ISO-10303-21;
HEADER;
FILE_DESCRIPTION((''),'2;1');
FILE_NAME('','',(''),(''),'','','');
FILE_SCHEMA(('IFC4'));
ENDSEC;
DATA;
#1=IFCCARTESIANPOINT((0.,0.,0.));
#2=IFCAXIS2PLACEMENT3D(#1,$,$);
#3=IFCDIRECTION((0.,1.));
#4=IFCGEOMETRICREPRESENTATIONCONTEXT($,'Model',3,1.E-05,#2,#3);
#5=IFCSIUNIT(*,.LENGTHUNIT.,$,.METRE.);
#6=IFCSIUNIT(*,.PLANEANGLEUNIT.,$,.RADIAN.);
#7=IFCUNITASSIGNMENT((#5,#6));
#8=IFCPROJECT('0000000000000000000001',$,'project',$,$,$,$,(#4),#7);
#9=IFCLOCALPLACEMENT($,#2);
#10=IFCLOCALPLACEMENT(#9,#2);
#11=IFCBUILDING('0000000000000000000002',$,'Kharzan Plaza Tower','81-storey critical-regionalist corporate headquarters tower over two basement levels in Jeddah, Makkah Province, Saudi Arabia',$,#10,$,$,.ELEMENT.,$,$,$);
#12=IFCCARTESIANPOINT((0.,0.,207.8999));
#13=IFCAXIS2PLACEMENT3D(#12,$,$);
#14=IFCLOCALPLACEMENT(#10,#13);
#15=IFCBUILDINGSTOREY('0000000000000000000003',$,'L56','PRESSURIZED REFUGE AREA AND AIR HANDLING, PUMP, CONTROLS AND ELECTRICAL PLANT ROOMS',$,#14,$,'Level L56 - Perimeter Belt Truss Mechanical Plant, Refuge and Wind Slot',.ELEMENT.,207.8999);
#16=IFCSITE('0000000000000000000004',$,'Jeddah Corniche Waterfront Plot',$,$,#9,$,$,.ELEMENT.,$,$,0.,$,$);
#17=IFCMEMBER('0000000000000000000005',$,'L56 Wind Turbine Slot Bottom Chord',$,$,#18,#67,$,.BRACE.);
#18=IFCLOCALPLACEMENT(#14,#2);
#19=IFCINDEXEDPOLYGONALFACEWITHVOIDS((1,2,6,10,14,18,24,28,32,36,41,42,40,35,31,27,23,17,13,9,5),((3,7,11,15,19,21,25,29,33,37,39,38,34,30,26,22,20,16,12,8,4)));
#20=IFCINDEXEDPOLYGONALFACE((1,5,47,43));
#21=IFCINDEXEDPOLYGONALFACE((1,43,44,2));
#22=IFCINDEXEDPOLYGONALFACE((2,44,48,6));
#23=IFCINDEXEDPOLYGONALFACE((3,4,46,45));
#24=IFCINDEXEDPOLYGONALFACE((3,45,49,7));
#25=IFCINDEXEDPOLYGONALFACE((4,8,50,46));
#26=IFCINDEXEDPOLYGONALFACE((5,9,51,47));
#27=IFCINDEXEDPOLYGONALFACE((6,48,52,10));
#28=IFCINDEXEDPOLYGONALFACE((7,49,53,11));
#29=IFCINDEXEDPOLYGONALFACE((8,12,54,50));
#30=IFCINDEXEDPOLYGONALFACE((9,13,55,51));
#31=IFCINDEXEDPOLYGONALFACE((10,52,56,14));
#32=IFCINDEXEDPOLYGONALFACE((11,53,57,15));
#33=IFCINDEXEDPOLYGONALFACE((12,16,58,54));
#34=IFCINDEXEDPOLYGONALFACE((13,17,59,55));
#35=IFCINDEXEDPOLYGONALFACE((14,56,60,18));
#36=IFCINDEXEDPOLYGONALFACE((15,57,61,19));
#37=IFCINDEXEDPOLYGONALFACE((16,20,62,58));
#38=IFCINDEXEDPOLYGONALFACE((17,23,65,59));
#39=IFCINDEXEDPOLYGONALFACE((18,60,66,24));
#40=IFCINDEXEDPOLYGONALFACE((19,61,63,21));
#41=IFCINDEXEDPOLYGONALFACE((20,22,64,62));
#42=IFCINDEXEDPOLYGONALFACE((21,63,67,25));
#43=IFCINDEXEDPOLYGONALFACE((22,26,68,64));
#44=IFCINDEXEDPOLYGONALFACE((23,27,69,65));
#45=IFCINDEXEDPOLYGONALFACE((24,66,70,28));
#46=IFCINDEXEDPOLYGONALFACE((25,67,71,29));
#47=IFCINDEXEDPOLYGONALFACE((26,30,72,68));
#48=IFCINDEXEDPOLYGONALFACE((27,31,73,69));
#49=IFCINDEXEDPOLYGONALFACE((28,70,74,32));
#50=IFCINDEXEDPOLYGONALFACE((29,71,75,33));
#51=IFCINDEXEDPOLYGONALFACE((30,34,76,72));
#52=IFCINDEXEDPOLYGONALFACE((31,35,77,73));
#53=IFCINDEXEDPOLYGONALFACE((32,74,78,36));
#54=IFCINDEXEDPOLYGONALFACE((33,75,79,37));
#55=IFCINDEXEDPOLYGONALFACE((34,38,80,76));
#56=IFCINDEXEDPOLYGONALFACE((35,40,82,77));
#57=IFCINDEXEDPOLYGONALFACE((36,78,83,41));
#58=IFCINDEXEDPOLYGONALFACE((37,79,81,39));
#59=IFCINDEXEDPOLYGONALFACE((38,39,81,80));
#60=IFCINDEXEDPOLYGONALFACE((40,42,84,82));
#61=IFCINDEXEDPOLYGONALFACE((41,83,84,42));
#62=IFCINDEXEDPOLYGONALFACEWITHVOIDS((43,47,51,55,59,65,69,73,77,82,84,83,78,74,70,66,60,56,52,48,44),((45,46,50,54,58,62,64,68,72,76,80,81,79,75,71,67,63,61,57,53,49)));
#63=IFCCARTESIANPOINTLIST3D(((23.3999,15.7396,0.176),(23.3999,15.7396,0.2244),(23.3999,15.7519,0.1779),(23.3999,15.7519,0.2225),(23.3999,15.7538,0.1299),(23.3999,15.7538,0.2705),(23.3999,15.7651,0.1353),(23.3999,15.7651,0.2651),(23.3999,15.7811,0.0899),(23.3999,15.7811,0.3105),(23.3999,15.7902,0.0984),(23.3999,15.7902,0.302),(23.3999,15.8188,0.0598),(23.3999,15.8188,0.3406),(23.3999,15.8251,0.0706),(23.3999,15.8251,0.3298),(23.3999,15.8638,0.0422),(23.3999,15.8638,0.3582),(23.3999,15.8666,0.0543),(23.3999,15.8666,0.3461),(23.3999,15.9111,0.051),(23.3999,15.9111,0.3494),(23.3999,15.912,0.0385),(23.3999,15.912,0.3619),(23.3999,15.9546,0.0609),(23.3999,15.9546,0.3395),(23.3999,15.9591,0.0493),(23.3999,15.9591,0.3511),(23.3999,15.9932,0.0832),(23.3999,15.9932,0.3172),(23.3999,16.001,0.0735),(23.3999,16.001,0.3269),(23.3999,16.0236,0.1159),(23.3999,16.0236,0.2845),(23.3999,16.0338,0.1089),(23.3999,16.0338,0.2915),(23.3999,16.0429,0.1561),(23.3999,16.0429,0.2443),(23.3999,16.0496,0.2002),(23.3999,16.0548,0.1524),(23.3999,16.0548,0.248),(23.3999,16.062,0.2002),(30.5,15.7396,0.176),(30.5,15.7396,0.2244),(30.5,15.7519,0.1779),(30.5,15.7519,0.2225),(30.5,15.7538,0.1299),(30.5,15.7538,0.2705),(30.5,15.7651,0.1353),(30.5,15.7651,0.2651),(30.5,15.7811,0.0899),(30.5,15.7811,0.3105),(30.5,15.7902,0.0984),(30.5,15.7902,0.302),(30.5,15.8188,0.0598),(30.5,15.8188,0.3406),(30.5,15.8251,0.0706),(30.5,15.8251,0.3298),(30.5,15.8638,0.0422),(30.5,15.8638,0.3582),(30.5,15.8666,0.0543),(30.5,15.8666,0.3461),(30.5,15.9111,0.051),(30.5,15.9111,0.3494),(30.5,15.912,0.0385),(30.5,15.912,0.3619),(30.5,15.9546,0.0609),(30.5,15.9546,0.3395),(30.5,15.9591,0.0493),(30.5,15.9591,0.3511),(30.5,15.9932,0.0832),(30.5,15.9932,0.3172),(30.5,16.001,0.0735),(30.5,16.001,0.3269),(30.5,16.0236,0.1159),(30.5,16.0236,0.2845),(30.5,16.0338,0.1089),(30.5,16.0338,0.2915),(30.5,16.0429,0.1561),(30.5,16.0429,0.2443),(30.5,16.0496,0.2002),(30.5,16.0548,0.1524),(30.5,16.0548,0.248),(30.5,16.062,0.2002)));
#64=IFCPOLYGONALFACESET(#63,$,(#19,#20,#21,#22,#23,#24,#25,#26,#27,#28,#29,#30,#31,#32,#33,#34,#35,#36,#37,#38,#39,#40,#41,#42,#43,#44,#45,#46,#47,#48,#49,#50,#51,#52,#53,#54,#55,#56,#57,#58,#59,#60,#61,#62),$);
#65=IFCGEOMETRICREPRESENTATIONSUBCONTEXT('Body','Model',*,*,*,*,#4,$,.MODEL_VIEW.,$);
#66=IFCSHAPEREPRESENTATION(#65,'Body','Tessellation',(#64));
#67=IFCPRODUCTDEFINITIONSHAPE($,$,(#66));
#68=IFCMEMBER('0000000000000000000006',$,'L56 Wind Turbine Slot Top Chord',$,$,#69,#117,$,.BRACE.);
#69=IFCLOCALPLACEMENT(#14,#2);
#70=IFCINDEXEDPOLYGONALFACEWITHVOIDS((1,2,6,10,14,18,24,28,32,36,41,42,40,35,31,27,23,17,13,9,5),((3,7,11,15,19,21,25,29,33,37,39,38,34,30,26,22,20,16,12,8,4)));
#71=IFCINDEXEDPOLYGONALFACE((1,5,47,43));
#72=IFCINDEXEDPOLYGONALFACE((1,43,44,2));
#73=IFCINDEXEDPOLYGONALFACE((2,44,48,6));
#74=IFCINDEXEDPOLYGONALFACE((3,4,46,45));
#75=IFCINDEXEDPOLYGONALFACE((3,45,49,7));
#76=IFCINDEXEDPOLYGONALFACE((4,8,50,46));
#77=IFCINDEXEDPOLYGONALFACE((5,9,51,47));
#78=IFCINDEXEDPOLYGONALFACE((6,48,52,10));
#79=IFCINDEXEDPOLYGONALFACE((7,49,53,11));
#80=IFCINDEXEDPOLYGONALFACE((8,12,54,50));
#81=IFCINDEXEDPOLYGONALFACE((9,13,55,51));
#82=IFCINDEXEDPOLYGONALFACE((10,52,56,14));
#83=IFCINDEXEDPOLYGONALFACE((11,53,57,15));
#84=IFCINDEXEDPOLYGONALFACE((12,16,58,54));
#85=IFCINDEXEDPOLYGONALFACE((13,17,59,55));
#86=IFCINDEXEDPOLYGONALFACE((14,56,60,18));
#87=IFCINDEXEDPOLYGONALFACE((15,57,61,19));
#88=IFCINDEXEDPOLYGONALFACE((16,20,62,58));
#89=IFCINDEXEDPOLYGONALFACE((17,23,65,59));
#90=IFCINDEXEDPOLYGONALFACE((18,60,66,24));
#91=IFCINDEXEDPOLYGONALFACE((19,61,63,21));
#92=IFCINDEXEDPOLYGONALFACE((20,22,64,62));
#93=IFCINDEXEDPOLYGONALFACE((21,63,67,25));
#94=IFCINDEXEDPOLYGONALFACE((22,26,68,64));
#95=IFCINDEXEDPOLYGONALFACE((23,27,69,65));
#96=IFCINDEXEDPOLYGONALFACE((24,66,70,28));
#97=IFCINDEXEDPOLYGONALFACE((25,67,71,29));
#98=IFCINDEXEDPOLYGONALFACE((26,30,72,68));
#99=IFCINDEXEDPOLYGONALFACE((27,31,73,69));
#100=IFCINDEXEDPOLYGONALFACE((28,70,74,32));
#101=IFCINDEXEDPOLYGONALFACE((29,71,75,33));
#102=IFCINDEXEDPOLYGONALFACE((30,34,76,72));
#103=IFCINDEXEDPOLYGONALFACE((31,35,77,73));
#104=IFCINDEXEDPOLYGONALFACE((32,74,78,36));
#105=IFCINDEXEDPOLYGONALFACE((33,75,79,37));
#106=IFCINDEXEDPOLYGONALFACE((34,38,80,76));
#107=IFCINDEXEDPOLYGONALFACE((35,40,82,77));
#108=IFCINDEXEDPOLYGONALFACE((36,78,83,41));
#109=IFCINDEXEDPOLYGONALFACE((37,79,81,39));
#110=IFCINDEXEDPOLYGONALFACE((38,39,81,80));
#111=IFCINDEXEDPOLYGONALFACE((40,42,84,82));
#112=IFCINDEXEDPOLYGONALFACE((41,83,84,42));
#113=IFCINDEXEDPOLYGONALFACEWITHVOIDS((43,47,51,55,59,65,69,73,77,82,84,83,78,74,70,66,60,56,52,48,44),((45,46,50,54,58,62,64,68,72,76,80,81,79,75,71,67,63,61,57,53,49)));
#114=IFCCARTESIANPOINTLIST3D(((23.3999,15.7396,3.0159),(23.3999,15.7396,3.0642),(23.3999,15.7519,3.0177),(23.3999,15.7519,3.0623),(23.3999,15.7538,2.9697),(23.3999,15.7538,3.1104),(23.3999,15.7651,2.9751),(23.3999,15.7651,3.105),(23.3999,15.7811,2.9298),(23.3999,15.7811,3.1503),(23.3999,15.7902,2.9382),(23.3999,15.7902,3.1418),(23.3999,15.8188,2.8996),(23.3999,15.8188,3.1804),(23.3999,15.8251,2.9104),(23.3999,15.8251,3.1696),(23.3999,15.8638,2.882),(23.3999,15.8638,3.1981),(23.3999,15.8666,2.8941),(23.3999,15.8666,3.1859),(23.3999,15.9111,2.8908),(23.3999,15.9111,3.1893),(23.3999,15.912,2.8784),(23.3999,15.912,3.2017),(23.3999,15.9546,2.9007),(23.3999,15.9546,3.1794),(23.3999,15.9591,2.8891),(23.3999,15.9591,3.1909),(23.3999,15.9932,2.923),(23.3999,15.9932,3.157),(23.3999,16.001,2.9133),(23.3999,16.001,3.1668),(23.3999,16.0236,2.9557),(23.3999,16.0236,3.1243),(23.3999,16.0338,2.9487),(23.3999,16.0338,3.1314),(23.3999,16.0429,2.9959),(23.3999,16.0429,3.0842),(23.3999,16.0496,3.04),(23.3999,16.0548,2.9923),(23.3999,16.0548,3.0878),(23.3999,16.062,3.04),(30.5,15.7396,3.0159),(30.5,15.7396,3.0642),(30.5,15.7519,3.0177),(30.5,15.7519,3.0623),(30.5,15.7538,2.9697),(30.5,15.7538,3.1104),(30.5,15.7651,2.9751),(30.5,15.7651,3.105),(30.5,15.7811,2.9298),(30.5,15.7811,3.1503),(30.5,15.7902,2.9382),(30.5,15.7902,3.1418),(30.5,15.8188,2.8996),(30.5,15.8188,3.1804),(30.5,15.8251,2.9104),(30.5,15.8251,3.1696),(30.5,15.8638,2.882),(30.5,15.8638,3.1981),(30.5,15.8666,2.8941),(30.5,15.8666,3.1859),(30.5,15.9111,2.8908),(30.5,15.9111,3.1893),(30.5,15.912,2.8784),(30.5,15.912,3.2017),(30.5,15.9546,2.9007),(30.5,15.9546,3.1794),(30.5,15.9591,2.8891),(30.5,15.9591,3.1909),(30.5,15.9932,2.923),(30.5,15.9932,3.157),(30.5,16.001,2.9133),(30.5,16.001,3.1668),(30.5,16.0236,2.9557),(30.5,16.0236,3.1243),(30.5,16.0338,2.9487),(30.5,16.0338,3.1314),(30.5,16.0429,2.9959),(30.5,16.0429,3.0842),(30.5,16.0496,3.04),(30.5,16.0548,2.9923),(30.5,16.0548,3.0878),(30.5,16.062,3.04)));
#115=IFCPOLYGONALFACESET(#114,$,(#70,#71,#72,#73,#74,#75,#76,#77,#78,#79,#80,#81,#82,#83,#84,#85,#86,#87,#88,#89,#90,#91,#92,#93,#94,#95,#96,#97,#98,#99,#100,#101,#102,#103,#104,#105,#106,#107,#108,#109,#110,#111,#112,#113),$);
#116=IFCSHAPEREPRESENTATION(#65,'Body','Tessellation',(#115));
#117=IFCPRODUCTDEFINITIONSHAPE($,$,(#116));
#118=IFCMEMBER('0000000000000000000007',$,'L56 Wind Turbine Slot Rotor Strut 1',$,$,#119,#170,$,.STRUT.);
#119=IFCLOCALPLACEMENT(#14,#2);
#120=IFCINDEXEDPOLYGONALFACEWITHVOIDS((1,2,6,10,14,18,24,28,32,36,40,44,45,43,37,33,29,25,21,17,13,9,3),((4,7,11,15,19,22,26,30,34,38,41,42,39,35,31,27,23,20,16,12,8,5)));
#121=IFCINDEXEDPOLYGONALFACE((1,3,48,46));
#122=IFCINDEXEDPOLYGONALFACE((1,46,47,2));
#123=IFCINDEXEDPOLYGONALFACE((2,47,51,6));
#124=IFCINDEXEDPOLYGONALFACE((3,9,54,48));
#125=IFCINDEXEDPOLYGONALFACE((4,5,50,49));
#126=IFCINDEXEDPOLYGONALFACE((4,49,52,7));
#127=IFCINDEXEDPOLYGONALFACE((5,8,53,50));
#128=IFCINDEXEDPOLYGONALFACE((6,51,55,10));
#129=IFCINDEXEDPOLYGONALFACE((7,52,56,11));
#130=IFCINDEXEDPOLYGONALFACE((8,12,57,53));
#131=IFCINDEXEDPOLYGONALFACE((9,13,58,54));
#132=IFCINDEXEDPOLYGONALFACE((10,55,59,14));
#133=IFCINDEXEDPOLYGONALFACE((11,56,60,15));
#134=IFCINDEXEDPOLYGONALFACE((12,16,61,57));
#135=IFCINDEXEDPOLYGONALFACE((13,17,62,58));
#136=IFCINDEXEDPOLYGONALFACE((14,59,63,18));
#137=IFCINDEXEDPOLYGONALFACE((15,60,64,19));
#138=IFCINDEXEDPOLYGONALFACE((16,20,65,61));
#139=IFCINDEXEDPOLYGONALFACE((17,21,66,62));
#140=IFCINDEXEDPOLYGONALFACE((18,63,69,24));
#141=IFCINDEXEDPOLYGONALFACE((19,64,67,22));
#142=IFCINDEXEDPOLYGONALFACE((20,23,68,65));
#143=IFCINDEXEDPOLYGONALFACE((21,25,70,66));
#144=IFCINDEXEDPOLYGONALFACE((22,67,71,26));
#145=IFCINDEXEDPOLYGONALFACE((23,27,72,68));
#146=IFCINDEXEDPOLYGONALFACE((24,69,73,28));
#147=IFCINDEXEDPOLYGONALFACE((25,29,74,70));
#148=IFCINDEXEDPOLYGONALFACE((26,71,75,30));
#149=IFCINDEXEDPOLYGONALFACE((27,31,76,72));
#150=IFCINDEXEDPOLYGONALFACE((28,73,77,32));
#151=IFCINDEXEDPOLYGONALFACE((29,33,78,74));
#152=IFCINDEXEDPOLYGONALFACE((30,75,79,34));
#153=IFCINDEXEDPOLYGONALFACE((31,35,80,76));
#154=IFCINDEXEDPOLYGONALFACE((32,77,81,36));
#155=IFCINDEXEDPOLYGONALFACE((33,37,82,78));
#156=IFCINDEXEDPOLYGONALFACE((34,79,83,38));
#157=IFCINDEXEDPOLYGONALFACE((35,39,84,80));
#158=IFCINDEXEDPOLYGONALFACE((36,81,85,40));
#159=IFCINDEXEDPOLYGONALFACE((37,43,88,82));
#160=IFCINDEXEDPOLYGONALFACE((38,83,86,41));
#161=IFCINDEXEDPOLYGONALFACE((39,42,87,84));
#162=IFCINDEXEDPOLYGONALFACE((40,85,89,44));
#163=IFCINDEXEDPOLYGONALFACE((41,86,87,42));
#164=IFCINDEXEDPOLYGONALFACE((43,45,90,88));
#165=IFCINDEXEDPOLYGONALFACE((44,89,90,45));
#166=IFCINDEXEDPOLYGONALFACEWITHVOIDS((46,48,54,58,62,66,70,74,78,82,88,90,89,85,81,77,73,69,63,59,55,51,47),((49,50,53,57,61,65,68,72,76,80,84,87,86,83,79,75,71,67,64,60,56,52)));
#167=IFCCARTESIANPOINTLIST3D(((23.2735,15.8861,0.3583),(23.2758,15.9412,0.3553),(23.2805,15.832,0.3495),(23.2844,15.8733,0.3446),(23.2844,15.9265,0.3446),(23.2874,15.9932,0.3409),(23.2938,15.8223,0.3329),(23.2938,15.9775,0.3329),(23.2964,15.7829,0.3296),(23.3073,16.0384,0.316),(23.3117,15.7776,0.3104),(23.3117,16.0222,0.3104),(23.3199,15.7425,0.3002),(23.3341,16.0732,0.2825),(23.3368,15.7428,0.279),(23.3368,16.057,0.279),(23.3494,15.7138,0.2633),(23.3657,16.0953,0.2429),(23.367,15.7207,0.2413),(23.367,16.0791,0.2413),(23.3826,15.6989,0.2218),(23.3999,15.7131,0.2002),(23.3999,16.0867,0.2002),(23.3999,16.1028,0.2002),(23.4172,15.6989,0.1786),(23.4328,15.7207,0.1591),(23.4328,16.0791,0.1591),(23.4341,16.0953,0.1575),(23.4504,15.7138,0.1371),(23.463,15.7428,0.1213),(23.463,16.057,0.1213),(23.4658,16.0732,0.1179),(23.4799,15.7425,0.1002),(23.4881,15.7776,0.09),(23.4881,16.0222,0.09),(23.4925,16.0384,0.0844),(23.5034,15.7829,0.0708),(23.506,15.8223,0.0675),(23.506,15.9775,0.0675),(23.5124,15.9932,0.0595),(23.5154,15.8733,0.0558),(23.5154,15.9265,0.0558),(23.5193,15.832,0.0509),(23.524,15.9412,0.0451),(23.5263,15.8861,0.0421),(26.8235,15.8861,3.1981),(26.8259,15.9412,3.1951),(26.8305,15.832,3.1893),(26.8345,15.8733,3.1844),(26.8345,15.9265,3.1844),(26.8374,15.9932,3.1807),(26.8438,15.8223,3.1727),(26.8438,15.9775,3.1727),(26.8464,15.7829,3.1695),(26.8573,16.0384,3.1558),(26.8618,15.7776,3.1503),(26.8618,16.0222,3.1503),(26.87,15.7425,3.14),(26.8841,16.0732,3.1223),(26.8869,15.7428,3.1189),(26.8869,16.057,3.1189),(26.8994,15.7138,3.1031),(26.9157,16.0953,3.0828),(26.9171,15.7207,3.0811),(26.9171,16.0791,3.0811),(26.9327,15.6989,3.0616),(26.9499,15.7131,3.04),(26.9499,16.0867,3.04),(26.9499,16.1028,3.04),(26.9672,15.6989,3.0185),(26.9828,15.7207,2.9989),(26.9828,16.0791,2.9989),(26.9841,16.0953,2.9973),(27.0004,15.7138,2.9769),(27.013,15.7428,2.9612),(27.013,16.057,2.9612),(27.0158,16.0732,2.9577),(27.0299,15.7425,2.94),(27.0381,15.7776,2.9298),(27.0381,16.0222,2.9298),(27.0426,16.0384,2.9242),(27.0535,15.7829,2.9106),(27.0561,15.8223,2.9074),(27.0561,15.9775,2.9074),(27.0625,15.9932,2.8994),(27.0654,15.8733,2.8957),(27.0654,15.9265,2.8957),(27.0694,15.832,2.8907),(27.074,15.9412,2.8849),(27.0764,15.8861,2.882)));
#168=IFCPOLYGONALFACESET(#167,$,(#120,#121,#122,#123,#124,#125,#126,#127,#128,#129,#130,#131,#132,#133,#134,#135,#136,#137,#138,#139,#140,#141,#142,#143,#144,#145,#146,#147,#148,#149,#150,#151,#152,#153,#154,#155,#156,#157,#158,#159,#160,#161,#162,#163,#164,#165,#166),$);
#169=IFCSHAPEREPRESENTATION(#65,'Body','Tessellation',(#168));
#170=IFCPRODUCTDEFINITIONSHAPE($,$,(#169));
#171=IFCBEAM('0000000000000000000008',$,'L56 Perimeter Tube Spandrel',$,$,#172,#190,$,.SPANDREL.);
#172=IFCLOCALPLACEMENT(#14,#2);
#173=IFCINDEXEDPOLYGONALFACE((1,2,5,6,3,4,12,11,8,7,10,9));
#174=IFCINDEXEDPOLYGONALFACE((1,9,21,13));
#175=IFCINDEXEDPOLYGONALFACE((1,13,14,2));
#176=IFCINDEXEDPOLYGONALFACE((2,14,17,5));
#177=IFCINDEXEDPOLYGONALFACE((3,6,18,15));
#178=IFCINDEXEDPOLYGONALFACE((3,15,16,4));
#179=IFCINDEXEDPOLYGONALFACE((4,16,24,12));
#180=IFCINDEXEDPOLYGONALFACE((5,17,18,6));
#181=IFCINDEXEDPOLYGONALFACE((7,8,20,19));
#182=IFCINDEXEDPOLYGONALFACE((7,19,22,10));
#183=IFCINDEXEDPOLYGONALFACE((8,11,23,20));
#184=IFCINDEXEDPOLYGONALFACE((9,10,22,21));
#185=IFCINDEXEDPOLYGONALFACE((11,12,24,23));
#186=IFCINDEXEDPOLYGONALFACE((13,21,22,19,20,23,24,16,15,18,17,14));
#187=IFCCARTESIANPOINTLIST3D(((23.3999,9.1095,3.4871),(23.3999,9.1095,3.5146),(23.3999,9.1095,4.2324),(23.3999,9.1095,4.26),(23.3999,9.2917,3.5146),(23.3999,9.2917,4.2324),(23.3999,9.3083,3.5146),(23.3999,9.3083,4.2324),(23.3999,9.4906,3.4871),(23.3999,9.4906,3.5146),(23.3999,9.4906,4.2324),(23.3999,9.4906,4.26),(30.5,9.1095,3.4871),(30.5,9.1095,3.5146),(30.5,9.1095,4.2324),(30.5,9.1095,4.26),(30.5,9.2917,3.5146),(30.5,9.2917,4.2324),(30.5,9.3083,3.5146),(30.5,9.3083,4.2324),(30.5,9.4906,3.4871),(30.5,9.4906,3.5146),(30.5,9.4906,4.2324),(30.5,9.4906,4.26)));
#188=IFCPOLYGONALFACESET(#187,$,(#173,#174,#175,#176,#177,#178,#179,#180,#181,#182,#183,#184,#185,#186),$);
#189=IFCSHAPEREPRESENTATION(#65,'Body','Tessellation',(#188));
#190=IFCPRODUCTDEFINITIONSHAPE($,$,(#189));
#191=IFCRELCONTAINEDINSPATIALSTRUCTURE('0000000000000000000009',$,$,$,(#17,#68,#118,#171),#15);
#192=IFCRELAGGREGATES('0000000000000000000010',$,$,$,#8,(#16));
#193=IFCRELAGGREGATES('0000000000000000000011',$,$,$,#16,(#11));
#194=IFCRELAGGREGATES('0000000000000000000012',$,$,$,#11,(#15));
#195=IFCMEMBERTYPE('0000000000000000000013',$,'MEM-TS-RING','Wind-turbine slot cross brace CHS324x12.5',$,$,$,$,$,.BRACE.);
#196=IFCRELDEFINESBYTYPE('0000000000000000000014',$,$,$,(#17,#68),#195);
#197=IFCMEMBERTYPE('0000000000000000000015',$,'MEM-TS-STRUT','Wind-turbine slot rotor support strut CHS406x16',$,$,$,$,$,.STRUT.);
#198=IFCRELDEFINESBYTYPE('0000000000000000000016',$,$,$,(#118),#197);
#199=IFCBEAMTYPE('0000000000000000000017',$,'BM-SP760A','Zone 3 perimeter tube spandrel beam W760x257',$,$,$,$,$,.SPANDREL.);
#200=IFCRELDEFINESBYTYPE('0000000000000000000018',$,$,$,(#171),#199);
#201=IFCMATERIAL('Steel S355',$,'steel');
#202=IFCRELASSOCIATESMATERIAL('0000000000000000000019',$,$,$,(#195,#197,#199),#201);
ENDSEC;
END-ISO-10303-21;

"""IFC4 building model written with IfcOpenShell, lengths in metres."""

from ifc_helpers import new_model, si_unit, direction, frame, origin, origin_2d, place, context, subcontext, project, spatial, hollow_circle, i_section, extrude, source, transform, mapped, material, material_profile, profile_set, type_object, element, save


model = new_model("IFC4")

# Units and contexts
model_context = context("Model", 3, precision=1e-05, world=origin(), true_north=direction((0.0, 1.0)))
body_context = subcontext(model_context, "Body", "Model", "MODEL_VIEW")
ifc_project = project(units=[si_unit("LENGTHUNIT", "METRE"), si_unit("PLANEANGLEUNIT", "RADIAN")], contexts=[model_context])

# Site, building, storey
site_placement = place(None, origin())
site = spatial("IfcSite", under=ifc_project, at=site_placement, Name="Jeddah Corniche Waterfront Plot", CompositionType="ELEMENT", RefElevation=0.0)
building_placement = place(site_placement, origin())
building = spatial("IfcBuilding", under=site, at=building_placement, Name="Kharzan Plaza Tower", Description="81-storey critical-regionalist corporate headquarters tower over two basement levels in Jeddah, Makkah Province, Saudi Arabia", CompositionType="ELEMENT")
storey_placement = place(building_placement, frame((0.0, 0.0, 207.8999)))
storey = spatial("IfcBuildingStorey", under=building, at=storey_placement, Name="L56", Description="PRESSURIZED REFUGE AREA AND AIR HANDLING, PUMP, CONTROLS AND ELECTRICAL PLANT ROOMS", LongName="Level L56 - Perimeter Belt Truss Mechanical Plant, Refuge and Wind Slot", CompositionType="ELEMENT", Elevation=207.8999)

# Shared definitions
ifc_material_1 = material(Name="Steel S355", Category="steel")

# Members
ifc_material_profile_1 = material_profile(ifc_material_1, hollow_circle(Radius=0.1621, WallThickness=0.0125, at=origin_2d()), Name="CHS324x12.5")
ifc_profile_set_1 = profile_set([ifc_material_profile_1], Name="Steel S355")
member_type_1 = type_object("IfcMemberType", Name="MEM-TS-RING", Description="Wind-turbine slot cross brace CHS324x12.5", PredefinedType="BRACE", material=ifc_profile_set_1)
shared_shape_1 = source(origin(), body_context, "Body", "SweptSolid", [
    extrude(hollow_circle(Radius=0.1621, WallThickness=0.0125, at=origin_2d()), origin(), (0.0, 0.0, 1.0), 7.1001),
])
for number, where, z_axis, x_axis, name in (
    (1, (23.3999, 15.8999, 0.2002), (1.0, 0.0, 0.0), (0.0, 1.0, 0.0), "L56 Wind Turbine Slot Bottom Chord"),
    (2, (23.3999, 15.8999, 3.04), (1.0, 0.0, 0.0), (0.0, 1.0, 0.0), "L56 Wind Turbine Slot Top Chord"),
):
    element("IfcMember", number, at=place(storey_placement, frame(where, z_axis=z_axis, x_axis=x_axis)), inside=storey, type_object=member_type_1, Name=name, PredefinedType="BRACE", context=body_context, shape_type="MappedRepresentation", body=[
        mapped(shared_shape_1, transform((0.0, 0.0, 0.0), x_axis=(1.0, 0.0, 0.0), y_axis=(0.0, 1.0, 0.0), z_axis=(0.0, 0.0, 1.0))),
    ])
ifc_material_profile_2 = material_profile(ifc_material_1, hollow_circle(Radius=0.2029, WallThickness=0.0161, at=origin_2d()), Name="CHS406x16")
ifc_profile_set_2 = profile_set([ifc_material_profile_2], Name="Steel S355")
member_type_2 = type_object("IfcMemberType", Name="MEM-TS-STRUT", Description="Wind-turbine slot rotor support strut CHS406x16", PredefinedType="STRUT", material=ifc_profile_set_2)
shared_shape_2 = source(origin(), body_context, "Body", "SweptSolid", [
    extrude(hollow_circle(Radius=0.2029, WallThickness=0.0161, at=origin_2d()), origin(), (0.0, 0.0, 1.0), 4.5461),
])
member_1_placement = place(storey_placement, frame((23.3999, 15.8999, 0.2002), z_axis=(0.78089, 0.0, 0.624669), x_axis=(0.0, 1.0, 0.0)))
element("IfcMember", 3, at=member_1_placement, inside=storey, type_object=member_type_2, Name="L56 Wind Turbine Slot Rotor Strut 1", PredefinedType="STRUT", context=body_context, shape_type="MappedRepresentation", body=[
    mapped(shared_shape_2, transform((0.0, 0.0, 0.0), x_axis=(1.0, 0.0, 0.0), y_axis=(0.0, 1.0, 0.0), z_axis=(0.0, 0.0, 1.0))),
])

# Beam
ifc_material_profile_3 = material_profile(ifc_material_1, i_section(OverallWidth=0.3811, OverallDepth=0.7729, WebThickness=0.0166, FlangeThickness=0.0276, at=origin_2d()), Name="W760x257")
ifc_profile_set_3 = profile_set([ifc_material_profile_3], Name="Steel S355")
beam_type_1 = type_object("IfcBeamType", Name="BM-SP760A", Description="Zone 3 perimeter tube spandrel beam W760x257", PredefinedType="SPANDREL", material=ifc_profile_set_3)
shared_shape_3 = source(origin(), body_context, "Body", "SweptSolid", [
    extrude(i_section(OverallWidth=0.3811, OverallDepth=0.7729, WebThickness=0.0166, FlangeThickness=0.0276, at=origin_2d()), origin(), (0.0, 0.0, 1.0), 7.1001),
])
beam_1_placement = place(storey_placement, frame((23.3999, 9.3, 3.8735), z_axis=(1.0, 0.0, 0.0), x_axis=(0.0, 1.0, 0.0)))
element("IfcBeam", 4, at=beam_1_placement, inside=storey, type_object=beam_type_1, Name="L56 Perimeter Tube Spandrel", PredefinedType="SPANDREL", context=body_context, shape_type="MappedRepresentation", body=[
    mapped(shared_shape_3, transform((0.0, 0.0, 0.0), x_axis=(1.0, 0.0, 0.0), y_axis=(0.0, 1.0, 0.0), z_axis=(0.0, 0.0, 1.0))),
])

save(model, "model.ifc")
